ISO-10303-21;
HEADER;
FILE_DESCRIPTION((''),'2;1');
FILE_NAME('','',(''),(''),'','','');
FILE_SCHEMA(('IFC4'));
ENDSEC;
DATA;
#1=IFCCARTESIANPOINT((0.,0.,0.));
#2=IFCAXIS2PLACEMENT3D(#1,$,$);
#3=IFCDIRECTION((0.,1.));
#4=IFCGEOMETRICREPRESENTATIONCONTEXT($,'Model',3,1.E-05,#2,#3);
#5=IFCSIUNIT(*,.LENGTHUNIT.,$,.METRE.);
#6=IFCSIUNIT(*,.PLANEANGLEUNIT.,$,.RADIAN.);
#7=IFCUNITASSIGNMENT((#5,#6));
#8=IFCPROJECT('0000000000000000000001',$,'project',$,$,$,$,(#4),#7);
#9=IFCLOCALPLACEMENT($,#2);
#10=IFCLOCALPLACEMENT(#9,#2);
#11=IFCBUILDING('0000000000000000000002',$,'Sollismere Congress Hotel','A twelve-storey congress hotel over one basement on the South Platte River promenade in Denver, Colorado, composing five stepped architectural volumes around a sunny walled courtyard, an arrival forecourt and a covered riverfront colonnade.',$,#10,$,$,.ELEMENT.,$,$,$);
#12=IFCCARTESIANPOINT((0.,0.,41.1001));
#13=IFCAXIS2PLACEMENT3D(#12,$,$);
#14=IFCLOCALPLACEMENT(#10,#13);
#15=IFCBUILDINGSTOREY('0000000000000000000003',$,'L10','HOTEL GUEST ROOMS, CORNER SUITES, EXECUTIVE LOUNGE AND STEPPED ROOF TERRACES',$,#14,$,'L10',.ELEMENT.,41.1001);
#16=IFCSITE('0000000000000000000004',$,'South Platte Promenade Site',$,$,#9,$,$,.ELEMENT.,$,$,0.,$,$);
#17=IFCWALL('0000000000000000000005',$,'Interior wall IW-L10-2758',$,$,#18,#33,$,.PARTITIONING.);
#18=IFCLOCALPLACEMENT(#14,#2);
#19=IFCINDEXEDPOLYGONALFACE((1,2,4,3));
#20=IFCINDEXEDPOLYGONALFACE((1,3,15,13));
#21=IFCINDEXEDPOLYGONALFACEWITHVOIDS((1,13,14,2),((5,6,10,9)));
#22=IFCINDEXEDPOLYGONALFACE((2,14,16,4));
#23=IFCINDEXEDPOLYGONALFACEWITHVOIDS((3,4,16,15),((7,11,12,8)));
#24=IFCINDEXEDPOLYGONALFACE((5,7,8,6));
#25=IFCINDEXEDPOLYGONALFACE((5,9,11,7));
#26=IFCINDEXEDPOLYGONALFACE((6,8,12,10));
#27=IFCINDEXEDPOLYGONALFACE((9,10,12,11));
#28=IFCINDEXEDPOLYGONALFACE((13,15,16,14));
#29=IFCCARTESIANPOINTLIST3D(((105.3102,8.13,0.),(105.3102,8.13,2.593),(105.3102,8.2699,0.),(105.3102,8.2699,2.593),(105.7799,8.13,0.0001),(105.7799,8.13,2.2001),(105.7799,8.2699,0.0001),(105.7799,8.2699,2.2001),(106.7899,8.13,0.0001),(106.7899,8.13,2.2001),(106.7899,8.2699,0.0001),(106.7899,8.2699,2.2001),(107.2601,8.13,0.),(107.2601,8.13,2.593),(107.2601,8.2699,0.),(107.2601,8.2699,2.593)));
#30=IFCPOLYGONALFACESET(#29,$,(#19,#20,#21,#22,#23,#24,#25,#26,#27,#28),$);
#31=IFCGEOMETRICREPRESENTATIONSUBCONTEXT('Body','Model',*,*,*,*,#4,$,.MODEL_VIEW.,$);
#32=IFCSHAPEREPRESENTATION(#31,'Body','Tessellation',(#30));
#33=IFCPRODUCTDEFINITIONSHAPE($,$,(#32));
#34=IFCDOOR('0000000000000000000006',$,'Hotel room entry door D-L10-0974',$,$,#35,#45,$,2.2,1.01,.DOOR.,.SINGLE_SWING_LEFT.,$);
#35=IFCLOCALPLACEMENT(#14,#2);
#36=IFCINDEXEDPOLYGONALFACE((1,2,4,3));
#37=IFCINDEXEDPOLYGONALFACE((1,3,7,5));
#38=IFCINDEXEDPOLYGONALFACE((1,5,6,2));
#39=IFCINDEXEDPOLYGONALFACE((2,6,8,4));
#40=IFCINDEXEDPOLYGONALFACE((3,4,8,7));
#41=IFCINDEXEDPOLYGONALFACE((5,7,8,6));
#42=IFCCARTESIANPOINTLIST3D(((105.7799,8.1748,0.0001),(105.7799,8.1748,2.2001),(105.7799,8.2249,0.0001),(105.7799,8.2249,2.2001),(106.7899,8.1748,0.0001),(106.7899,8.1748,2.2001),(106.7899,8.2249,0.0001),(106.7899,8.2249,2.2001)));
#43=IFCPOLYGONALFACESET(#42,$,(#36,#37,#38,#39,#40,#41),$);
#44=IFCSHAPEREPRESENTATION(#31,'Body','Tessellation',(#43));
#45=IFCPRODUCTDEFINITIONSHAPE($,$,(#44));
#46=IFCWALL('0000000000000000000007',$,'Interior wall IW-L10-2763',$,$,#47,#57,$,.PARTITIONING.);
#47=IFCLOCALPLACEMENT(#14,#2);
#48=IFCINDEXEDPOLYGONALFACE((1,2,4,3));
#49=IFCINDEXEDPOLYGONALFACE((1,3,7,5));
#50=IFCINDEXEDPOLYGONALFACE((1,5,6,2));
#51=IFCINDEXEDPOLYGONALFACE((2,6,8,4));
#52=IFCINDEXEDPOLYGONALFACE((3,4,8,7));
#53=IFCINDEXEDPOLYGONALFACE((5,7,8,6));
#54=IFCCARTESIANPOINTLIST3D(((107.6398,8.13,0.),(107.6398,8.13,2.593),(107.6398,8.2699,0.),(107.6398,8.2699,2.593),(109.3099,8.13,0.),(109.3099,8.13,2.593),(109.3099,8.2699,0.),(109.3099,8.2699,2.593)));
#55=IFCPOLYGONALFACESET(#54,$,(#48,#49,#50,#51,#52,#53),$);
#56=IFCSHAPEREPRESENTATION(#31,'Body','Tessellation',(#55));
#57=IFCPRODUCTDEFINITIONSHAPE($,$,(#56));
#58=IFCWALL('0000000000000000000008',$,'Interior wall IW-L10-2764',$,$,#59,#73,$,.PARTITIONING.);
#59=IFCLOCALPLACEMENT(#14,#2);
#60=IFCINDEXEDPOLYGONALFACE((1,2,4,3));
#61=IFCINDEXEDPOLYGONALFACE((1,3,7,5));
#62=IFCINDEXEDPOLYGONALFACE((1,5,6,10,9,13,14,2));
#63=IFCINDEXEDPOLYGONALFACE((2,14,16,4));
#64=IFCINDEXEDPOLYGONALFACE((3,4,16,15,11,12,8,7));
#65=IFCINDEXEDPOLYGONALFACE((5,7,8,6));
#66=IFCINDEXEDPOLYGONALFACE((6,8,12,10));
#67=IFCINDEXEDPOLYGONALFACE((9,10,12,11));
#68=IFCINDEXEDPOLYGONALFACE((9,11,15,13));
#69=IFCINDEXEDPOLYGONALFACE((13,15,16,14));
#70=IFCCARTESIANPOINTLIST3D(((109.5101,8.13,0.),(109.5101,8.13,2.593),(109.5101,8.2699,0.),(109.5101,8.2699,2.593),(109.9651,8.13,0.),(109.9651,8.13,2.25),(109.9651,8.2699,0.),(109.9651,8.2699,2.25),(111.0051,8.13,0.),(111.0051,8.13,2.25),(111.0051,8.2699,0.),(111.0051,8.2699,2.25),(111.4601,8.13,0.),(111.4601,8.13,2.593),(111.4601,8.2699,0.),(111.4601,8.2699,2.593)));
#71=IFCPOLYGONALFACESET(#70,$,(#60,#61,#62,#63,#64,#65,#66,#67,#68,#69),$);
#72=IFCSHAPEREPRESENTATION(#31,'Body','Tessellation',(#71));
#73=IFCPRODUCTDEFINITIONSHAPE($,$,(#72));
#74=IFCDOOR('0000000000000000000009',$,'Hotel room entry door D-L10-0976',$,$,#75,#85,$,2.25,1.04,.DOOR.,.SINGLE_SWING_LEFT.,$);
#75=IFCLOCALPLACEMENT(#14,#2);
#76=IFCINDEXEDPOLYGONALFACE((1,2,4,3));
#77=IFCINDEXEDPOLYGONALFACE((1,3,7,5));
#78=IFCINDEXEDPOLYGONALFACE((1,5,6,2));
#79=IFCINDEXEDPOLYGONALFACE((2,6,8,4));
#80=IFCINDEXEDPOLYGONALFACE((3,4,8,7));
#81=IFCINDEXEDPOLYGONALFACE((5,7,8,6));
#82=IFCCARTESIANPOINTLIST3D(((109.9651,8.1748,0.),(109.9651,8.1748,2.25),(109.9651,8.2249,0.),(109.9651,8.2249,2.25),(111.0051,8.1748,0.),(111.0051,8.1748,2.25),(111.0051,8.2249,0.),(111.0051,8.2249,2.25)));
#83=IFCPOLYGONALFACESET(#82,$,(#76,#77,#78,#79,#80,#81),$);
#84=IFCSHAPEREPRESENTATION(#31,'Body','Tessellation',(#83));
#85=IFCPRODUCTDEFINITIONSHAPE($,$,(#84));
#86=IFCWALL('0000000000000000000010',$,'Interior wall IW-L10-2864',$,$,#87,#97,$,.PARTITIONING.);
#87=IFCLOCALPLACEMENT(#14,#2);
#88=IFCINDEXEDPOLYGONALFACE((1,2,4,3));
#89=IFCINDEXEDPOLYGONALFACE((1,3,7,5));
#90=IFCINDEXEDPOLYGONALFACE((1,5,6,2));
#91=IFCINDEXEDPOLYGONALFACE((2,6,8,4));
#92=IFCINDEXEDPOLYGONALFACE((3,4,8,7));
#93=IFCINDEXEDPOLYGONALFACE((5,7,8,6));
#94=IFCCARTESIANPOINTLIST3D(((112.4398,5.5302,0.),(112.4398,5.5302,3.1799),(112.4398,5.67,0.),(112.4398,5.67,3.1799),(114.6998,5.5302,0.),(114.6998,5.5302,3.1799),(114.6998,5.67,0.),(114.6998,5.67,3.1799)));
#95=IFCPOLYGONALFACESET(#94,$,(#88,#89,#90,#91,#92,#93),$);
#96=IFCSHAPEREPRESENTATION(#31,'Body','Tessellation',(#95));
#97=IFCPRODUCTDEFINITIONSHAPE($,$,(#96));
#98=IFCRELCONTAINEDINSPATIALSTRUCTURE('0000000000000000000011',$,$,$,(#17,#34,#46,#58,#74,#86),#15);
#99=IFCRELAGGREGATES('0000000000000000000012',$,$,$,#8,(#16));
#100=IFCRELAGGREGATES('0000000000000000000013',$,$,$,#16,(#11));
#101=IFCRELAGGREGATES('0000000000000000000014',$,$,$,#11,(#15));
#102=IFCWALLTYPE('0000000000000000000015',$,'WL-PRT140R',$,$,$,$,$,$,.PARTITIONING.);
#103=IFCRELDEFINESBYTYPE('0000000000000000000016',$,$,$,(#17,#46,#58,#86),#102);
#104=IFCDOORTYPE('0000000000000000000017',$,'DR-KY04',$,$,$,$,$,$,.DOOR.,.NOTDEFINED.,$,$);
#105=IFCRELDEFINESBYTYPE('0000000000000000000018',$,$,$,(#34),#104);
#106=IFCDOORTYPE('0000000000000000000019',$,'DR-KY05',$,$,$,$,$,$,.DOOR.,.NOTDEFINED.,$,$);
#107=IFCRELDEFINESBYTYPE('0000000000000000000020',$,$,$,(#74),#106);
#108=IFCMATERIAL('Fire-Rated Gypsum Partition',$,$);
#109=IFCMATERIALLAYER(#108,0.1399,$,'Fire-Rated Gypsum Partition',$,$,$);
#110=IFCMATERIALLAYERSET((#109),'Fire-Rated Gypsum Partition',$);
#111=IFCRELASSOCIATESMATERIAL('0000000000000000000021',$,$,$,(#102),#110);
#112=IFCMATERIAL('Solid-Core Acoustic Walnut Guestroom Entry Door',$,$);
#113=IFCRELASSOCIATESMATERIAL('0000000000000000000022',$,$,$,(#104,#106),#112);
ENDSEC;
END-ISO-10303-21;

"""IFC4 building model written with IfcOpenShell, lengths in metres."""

from ifc_helpers import new_model, si_unit, direction, frame, frame_2d, origin, place, context, subcontext, project, spatial, rectangle, extrude, material, layer, layer_set, type_object, element, fill, save


model = new_model("IFC4")

# Units and contexts
model_context = context("Model", 3, precision=1e-05, world=origin(), true_north=direction((0.0, 1.0)))
body_context = subcontext(model_context, "Body", "Model", "MODEL_VIEW")
ifc_project = project(units=[si_unit("LENGTHUNIT", "METRE"), si_unit("PLANEANGLEUNIT", "RADIAN")], contexts=[model_context])

# Site, building, storey
site_placement = place(None, origin())
site = spatial("IfcSite", under=ifc_project, at=site_placement, Name="South Platte Promenade Site", CompositionType="ELEMENT", RefElevation=0.0)
building_placement = place(site_placement, origin())
building = spatial("IfcBuilding", under=site, at=building_placement, Name="Sollismere Congress Hotel", Description="A twelve-storey congress hotel over one basement on the South Platte River promenade in Denver, Colorado, composing five stepped architectural volumes around a sunny walled courtyard, an arrival forecourt and a covered riverfront colonnade.", CompositionType="ELEMENT")
storey_placement = place(building_placement, frame((0.0, 0.0, 41.1001)))
storey = spatial("IfcBuildingStorey", under=building, at=storey_placement, Name="L10", Description="HOTEL GUEST ROOMS, CORNER SUITES, EXECUTIVE LOUNGE AND STEPPED ROOF TERRACES", LongName="L10", CompositionType="ELEMENT", Elevation=41.1001)

# Shared definitions
ifc_material_1 = material(Name="Fire-Rated Gypsum Partition")
ifc_layer_1 = layer(ifc_material_1, 0.1399, Name="Fire-Rated Gypsum Partition")
ifc_layer_set_1 = layer_set([ifc_layer_1], Name="Fire-Rated Gypsum Partition")
wall_type_1 = type_object("IfcWallType", Name="WL-PRT140R", PredefinedType="PARTITIONING", material=ifc_layer_set_1)

# Wall, opening, door
wall_1_placement = place(storey_placement, frame((105.3101, 8.2, 0.0), z_axis=(0.0, 0.0, 1.0), x_axis=(1.0, 0.0, 0.0)))
wall_1 = element("IfcWall", 1, at=wall_1_placement, inside=storey, type_object=wall_type_1, Name="Interior wall IW-L10-2758", PredefinedType="PARTITIONING", context=body_context, shape_type="SweptSolid", body=[
    extrude(rectangle(XDim=1.95, YDim=0.1399, at=frame_2d((0.9751, 0.0))), origin(), (0.0, 0.0, 1.0), 2.593),
])
opening_1_placement = place(wall_1_placement, frame((0.47, 0.0, 0.0)))
opening_1 = element("IfcOpeningElement", 2, at=opening_1_placement, cuts=wall_1, PredefinedType="OPENING", context=body_context, shape_type="SweptSolid", body=[
    extrude(rectangle(XDim=1.01, YDim=2.2, at=frame_2d((0.5049, 1.1001))), frame((0.0, 0.0798, 0.0), z_axis=(0.0, -1.0, 0.0), x_axis=(1.0, 0.0, 0.0)), (0.0, 0.0, 1.0), 0.1599),
])
ifc_material_2 = material(Name="Solid-Core Acoustic Walnut Guestroom Entry Door")
door_type_1 = type_object("IfcDoorType", Name="DR-KY04", OperationType="NOTDEFINED", PredefinedType="DOOR", material=ifc_material_2)
door_1_placement = place(opening_1_placement, origin())
door_1 = element("IfcDoor", 3, at=door_1_placement, inside=storey, type_object=door_type_1, Name="Hotel room entry door D-L10-0974", OperationType="SINGLE_SWING_LEFT", OverallHeight=2.2, OverallWidth=1.01, PredefinedType="DOOR", context=body_context, shape_type="SweptSolid", body=[
    extrude(rectangle(XDim=1.01, YDim=2.2, at=frame_2d((0.5049, 1.1001))), frame((0.0, 0.0249, 0.0), z_axis=(0.0, -1.0, 0.0), x_axis=(1.0, 0.0, 0.0)), (0.0, 0.0, 1.0), 0.05),
])
fill(opening_1, door_1)

# Wall
wall_2_placement = place(storey_placement, frame((107.6399, 8.2, 0.0), z_axis=(0.0, 0.0, 1.0), x_axis=(1.0, 0.0, 0.0)))
element("IfcWall", 4, at=wall_2_placement, inside=storey, type_object=wall_type_1, Name="Interior wall IW-L10-2763", PredefinedType="PARTITIONING", context=body_context, shape_type="SweptSolid", body=[
    extrude(rectangle(XDim=1.6702, YDim=0.1399, at=frame_2d((0.835, 0.0))), origin(), (0.0, 0.0, 1.0), 2.593),
])

# Wall, opening, door
wall_3_placement = place(storey_placement, frame((109.51, 8.2, 0.0), z_axis=(0.0, 0.0, 1.0), x_axis=(1.0, 0.0, 0.0)))
wall_3 = element("IfcWall", 5, at=wall_3_placement, inside=storey, type_object=wall_type_1, Name="Interior wall IW-L10-2764", PredefinedType="PARTITIONING", context=body_context, shape_type="SweptSolid", body=[
    extrude(rectangle(XDim=1.95, YDim=0.1399, at=frame_2d((0.9751, 0.0))), origin(), (0.0, 0.0, 1.0), 2.593),
])
opening_2_placement = place(wall_3_placement, frame((0.4551, 0.0, 0.0)))
opening_2 = element("IfcOpeningElement", 6, at=opening_2_placement, cuts=wall_3, PredefinedType="OPENING", context=body_context, shape_type="SweptSolid", body=[
    extrude(rectangle(XDim=1.04, YDim=2.25, at=frame_2d((0.52, 1.125))), frame((0.0, 0.0798, 0.0), z_axis=(0.0, -1.0, 0.0), x_axis=(1.0, 0.0, 0.0)), (0.0, 0.0, 1.0), 0.1599),
])
door_type_2 = type_object("IfcDoorType", Name="DR-KY05", OperationType="NOTDEFINED", PredefinedType="DOOR", material=ifc_material_2)
door_2_placement = place(opening_2_placement, origin())
door_2 = element("IfcDoor", 7, at=door_2_placement, inside=storey, type_object=door_type_2, Name="Hotel room entry door D-L10-0976", OperationType="SINGLE_SWING_LEFT", OverallHeight=2.25, OverallWidth=1.04, PredefinedType="DOOR", context=body_context, shape_type="SweptSolid", body=[
    extrude(rectangle(XDim=1.04, YDim=2.25, at=frame_2d((0.52, 1.125))), frame((0.0, 0.0249, 0.0), z_axis=(0.0, -1.0, 0.0), x_axis=(1.0, 0.0, 0.0)), (0.0, 0.0, 1.0), 0.05),
])
fill(opening_2, door_2)

# Wall
wall_4_placement = place(storey_placement, frame((112.4399, 5.6001, 0.0), z_axis=(0.0, 0.0, 1.0), x_axis=(1.0, 0.0, 0.0)))
element("IfcWall", 8, at=wall_4_placement, inside=storey, type_object=wall_type_1, Name="Interior wall IW-L10-2864", PredefinedType="PARTITIONING", context=body_context, shape_type="SweptSolid", body=[
    extrude(rectangle(XDim=2.26, YDim=0.1399, at=frame_2d((1.1299, 0.0))), origin(), (0.0, 0.0, 1.0), 3.1799),
])

save(model, "model.ifc")
